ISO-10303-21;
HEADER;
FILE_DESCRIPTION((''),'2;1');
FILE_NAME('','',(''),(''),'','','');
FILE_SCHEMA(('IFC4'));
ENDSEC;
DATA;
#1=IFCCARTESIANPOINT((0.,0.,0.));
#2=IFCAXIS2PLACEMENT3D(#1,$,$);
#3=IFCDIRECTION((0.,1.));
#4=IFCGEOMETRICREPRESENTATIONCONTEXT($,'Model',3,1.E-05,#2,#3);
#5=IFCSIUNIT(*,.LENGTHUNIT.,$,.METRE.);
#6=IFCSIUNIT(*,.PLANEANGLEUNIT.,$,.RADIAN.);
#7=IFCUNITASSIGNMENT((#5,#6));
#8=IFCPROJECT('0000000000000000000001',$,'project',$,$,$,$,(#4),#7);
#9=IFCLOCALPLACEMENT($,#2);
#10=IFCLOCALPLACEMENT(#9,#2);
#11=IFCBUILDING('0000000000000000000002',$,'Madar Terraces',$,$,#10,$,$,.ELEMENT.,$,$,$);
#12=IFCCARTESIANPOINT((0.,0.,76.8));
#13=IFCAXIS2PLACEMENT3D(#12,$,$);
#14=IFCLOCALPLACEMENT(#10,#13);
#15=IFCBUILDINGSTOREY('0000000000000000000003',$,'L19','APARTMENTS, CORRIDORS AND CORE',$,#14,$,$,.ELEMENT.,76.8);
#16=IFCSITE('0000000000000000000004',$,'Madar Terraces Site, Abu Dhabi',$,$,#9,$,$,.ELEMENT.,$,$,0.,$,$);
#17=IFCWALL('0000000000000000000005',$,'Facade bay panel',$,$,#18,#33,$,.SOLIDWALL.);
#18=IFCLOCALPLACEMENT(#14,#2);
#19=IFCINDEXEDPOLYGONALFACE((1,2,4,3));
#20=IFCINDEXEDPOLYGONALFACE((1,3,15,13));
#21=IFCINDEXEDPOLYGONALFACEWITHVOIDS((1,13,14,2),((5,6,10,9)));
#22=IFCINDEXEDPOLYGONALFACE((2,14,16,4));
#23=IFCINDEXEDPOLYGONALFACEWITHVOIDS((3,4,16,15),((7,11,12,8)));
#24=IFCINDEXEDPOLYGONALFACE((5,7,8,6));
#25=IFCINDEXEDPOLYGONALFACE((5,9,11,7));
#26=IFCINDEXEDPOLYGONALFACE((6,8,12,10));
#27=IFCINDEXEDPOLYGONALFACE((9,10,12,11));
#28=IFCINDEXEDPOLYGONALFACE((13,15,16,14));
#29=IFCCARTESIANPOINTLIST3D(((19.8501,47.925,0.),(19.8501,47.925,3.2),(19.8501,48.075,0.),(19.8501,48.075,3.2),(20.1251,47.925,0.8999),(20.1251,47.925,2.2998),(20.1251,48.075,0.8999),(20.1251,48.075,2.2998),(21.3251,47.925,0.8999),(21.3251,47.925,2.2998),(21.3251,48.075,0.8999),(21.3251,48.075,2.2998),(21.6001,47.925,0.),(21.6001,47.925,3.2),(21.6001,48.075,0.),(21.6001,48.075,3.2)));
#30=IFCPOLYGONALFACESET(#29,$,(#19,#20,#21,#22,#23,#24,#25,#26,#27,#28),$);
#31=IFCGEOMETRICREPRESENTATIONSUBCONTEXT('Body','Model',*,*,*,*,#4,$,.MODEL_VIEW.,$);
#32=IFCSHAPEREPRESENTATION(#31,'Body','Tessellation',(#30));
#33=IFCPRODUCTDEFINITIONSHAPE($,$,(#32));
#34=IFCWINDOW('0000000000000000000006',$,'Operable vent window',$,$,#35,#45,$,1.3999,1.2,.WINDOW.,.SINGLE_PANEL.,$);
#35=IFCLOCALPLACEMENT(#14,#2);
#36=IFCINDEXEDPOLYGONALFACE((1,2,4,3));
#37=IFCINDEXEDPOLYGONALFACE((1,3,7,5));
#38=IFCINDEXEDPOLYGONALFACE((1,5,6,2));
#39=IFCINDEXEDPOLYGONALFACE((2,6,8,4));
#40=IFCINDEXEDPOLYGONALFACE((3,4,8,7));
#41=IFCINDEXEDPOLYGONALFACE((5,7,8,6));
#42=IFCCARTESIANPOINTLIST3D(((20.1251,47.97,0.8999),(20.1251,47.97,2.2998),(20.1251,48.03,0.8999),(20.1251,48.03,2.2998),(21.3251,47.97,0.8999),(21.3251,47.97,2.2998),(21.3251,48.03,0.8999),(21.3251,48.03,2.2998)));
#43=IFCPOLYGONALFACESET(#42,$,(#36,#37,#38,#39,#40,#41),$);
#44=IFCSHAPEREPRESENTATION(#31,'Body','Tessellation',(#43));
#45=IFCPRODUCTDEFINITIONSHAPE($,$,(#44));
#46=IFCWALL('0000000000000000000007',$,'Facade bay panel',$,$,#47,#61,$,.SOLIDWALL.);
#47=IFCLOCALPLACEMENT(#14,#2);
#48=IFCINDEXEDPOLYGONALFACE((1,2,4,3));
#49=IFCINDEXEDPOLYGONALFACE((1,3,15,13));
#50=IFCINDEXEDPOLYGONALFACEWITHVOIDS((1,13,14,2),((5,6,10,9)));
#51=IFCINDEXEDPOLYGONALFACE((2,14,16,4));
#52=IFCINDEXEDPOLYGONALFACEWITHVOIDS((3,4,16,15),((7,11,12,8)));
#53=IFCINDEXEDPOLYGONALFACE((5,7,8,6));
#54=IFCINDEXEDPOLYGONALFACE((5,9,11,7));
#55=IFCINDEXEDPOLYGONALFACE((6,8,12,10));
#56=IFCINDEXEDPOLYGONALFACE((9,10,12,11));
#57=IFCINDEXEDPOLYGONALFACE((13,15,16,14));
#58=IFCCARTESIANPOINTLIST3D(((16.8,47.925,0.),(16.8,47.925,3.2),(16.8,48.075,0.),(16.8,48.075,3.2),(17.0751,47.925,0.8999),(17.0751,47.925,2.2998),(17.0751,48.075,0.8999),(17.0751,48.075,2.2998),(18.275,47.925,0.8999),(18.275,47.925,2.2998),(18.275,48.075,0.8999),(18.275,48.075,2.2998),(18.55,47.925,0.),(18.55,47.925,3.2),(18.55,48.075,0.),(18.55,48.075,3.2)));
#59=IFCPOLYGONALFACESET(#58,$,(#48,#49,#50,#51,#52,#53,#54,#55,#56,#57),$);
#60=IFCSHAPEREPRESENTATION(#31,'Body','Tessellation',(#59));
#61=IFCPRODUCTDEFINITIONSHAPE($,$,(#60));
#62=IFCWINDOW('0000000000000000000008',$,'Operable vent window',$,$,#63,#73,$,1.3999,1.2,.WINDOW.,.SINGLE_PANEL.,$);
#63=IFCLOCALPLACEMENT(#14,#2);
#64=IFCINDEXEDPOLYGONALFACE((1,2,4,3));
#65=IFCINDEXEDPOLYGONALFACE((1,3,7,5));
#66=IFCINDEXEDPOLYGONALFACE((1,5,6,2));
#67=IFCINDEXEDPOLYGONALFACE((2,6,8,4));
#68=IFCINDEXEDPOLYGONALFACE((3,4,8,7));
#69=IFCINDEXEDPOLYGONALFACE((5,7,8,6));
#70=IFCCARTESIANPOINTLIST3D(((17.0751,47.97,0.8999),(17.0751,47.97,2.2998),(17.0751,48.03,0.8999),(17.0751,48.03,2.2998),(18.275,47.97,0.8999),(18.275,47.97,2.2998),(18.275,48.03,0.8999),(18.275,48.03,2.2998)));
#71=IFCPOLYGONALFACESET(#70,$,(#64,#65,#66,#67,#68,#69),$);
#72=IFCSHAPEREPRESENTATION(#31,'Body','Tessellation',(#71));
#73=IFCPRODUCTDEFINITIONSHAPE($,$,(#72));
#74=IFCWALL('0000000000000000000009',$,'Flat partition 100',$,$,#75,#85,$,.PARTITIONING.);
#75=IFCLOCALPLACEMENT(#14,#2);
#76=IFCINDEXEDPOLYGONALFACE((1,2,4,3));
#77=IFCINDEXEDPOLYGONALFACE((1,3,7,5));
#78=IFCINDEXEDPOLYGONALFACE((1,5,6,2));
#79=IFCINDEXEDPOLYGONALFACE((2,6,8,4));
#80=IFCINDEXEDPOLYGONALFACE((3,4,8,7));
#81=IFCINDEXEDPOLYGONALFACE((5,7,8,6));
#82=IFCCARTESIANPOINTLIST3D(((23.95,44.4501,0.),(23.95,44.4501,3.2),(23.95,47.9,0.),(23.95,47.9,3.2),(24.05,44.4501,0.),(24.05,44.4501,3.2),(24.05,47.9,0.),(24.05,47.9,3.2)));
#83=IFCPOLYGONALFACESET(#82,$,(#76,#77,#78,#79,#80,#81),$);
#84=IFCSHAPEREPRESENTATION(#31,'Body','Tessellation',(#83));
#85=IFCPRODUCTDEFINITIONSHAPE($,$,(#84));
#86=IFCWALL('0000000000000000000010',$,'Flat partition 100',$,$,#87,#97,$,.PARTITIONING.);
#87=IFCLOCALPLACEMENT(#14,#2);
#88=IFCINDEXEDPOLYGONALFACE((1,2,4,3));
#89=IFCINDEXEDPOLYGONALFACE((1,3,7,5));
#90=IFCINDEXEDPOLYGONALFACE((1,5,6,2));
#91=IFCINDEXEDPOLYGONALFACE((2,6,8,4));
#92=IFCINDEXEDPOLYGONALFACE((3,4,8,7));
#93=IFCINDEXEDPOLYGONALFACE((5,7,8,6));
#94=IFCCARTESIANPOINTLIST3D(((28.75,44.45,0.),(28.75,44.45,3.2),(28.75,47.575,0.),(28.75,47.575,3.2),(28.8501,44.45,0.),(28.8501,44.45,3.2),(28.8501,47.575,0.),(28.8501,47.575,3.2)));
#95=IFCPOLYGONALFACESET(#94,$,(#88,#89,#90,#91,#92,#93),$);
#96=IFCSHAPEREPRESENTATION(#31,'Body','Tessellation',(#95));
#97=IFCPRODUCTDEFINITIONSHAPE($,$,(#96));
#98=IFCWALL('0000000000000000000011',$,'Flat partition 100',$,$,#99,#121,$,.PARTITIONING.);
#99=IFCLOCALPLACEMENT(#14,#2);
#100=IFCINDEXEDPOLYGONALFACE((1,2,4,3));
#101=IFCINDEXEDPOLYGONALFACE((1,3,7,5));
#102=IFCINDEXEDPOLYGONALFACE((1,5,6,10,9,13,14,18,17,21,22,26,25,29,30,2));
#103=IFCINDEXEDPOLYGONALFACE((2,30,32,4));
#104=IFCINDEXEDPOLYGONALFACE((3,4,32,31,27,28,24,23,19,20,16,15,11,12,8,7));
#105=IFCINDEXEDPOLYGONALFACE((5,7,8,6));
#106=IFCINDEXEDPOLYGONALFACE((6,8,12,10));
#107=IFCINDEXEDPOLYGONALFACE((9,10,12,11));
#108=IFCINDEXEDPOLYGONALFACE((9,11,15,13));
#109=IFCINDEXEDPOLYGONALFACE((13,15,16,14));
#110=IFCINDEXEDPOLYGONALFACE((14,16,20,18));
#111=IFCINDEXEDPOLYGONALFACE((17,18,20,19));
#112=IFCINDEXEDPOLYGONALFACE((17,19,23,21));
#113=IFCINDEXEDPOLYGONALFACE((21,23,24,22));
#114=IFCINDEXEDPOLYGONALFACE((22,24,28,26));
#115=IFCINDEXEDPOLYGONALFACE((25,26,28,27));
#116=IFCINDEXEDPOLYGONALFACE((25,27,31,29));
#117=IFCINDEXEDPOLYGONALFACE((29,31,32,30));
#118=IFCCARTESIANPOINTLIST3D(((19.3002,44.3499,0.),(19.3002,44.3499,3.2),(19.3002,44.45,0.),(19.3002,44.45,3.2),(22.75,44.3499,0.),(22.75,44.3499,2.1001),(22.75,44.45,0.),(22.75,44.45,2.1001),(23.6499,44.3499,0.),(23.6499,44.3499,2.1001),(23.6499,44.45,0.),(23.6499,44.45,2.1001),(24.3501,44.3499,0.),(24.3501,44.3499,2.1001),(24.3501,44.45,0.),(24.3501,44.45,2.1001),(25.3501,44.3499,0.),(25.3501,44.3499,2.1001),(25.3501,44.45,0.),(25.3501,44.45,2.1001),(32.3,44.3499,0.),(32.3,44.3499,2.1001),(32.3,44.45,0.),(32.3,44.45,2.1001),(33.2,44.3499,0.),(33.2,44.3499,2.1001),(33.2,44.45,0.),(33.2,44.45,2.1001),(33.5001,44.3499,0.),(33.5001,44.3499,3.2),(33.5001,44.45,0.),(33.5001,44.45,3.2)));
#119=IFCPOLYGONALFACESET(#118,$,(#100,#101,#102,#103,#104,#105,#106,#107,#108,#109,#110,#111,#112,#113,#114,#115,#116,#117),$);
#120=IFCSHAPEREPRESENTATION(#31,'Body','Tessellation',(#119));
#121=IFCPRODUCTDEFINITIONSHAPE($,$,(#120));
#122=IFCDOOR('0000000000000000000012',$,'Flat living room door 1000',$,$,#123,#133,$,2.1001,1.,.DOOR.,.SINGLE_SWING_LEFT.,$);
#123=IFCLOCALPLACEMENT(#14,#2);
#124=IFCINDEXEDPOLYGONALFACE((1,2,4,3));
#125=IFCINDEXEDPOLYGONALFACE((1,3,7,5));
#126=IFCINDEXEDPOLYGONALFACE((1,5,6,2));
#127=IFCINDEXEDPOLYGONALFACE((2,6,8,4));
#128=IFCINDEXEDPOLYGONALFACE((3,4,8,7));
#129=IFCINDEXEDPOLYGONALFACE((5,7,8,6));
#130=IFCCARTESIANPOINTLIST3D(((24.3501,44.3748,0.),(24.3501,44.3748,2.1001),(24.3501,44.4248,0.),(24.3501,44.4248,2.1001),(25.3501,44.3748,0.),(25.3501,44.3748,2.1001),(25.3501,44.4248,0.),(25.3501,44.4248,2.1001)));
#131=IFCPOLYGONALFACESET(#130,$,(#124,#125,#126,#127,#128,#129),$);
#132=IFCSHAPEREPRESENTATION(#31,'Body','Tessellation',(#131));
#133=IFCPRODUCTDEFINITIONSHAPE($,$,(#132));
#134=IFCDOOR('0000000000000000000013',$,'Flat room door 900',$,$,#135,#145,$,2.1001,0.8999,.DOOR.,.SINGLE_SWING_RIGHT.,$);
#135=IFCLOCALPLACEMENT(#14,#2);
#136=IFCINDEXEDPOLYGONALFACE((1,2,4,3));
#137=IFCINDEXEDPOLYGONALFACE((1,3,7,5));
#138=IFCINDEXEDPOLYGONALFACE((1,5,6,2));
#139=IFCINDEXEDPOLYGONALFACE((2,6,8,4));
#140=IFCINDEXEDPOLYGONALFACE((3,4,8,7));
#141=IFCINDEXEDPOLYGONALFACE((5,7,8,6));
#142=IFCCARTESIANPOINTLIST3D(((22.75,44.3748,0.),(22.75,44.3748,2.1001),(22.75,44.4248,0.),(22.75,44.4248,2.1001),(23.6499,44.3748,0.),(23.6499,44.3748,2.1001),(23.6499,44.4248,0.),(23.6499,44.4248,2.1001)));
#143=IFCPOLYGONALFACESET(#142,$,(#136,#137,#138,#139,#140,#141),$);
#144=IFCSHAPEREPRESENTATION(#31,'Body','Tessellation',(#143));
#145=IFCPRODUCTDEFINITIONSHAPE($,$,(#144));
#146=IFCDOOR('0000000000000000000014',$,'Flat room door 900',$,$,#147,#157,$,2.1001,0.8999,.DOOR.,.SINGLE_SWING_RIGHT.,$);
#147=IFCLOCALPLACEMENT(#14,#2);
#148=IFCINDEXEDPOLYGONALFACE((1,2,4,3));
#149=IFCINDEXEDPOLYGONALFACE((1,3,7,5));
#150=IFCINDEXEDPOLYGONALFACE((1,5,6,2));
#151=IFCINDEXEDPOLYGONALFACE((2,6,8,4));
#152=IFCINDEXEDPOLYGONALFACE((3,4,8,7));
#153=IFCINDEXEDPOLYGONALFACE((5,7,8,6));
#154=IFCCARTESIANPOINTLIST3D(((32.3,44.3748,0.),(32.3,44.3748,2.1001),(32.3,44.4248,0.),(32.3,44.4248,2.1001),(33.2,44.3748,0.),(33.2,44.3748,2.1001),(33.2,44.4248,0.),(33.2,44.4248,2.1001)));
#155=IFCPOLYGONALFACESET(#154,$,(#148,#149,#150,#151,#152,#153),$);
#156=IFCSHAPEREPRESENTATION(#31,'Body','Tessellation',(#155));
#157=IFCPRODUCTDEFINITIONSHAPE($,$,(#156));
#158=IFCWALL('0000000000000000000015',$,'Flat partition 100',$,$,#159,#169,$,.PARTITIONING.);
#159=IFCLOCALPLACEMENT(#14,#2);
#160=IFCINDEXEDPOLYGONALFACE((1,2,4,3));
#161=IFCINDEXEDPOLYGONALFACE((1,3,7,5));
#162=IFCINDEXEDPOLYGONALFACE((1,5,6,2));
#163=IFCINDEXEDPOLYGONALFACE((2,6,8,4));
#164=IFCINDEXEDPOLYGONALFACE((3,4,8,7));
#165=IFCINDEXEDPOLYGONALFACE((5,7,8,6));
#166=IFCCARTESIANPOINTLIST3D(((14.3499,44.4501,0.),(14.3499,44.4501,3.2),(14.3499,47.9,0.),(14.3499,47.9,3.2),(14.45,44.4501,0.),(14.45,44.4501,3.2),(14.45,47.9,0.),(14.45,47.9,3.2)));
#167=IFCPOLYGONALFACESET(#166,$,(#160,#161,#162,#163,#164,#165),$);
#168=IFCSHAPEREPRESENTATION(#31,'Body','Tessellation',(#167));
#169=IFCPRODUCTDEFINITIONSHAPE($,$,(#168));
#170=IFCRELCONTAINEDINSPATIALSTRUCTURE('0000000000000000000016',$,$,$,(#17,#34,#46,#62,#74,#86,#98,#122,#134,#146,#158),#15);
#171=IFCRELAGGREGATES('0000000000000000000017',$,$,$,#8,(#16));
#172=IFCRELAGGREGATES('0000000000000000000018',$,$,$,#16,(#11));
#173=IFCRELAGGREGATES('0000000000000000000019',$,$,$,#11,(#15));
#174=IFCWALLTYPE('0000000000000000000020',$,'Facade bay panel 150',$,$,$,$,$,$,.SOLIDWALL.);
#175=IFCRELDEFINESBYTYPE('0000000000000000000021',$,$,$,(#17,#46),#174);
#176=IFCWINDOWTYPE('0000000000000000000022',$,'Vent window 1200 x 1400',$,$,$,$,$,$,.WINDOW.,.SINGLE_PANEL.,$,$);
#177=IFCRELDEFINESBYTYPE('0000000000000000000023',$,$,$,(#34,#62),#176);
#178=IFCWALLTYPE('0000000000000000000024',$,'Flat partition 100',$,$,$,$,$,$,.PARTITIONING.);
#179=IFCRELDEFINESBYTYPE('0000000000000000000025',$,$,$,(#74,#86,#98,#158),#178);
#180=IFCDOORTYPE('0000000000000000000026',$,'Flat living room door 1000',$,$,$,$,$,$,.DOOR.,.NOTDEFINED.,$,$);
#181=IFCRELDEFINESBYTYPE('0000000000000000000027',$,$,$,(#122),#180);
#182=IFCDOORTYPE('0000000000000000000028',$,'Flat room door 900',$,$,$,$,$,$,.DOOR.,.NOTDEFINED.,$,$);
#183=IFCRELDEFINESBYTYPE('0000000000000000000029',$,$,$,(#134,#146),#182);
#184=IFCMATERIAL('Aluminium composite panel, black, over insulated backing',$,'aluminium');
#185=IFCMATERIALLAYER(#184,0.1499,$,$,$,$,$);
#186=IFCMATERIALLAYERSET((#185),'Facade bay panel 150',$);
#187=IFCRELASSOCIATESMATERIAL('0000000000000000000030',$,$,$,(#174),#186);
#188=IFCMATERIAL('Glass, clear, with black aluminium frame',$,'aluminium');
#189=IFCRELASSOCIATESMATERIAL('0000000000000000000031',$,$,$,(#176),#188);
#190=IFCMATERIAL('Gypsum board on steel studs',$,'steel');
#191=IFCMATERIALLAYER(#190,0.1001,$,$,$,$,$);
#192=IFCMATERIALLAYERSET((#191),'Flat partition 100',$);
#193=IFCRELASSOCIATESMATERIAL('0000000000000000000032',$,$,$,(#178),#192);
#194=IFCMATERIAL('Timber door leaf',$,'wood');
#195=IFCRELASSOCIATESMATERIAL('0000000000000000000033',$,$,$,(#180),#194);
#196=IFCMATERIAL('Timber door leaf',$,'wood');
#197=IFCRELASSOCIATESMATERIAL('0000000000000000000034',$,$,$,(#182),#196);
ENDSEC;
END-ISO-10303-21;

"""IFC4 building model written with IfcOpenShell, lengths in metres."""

from ifc_helpers import new_model, si_unit, direction, frame, frame_2d, origin, place, context, subcontext, project, spatial, rectangle, extrude, material, layer, layer_set, type_object, element, fill, save


model = new_model("IFC4")

# Units and contexts
model_context = context("Model", 3, precision=1e-05, world=origin(), true_north=direction((0.0, 1.0)))
body_context = subcontext(model_context, "Body", "Model", "MODEL_VIEW")
ifc_project = project(units=[si_unit("LENGTHUNIT", "METRE"), si_unit("PLANEANGLEUNIT", "RADIAN")], contexts=[model_context])

# Site, building, storey
site_placement = place(None, origin())
site = spatial("IfcSite", under=ifc_project, at=site_placement, Name="Madar Terraces Site, Abu Dhabi", CompositionType="ELEMENT", RefElevation=0.0)
building_placement = place(site_placement, origin())
building = spatial("IfcBuilding", under=site, at=building_placement, Name="Madar Terraces", CompositionType="ELEMENT")
storey_placement = place(building_placement, frame((0.0, 0.0, 76.8)))
storey = spatial("IfcBuildingStorey", under=building, at=storey_placement, Name="L19", Description="APARTMENTS, CORRIDORS AND CORE", CompositionType="ELEMENT", Elevation=76.8)

# Walls, openings, windows
ifc_material_1 = material(Name="Aluminium composite panel, black, over insulated backing", Category="aluminium")
ifc_layer_1 = layer(ifc_material_1, 0.1499)
ifc_layer_set_1 = layer_set([ifc_layer_1], Name="Facade bay panel 150")
wall_type_1 = type_object("IfcWallType", Name="Facade bay panel 150", PredefinedType="SOLIDWALL", material=ifc_layer_set_1)
ifc_material_2 = material(Name="Glass, clear, with black aluminium frame", Category="aluminium")
window_type = type_object("IfcWindowType", Name="Vent window 1200 x 1400", PartitioningType="SINGLE_PANEL", PredefinedType="WINDOW", material=ifc_material_2)
wall_1_placement = place(storey_placement, frame((21.6001, 48.0, 0.0), z_axis=(0.0, 0.0, 1.0), x_axis=(-1.0, 0.0, 0.0)))
wall_1 = element("IfcWall", 1, at=wall_1_placement, inside=storey, type_object=wall_type_1, Name="Facade bay panel", PredefinedType="SOLIDWALL", context=body_context, shape_type="SweptSolid", body=[
    extrude(rectangle(XDim=1.75, YDim=0.1499, at=frame_2d((0.875, 0.0))), origin(), (0.0, 0.0, 1.0), 3.2),
])
opening_1_placement = place(wall_1_placement, frame((0.2749, 0.0, 0.8999)))
opening_1 = element("IfcOpeningElement", 2, at=opening_1_placement, cuts=wall_1, PredefinedType="OPENING", context=body_context, shape_type="SweptSolid", body=[
    extrude(rectangle(XDim=1.2, YDim=1.3999, at=frame_2d((0.6001, 0.7))), frame((0.0, 0.085, 0.0), z_axis=(0.0, -1.0, 0.0), x_axis=(1.0, 0.0, 0.0)), (0.0, 0.0, 1.0), 0.1699),
])
window_1_placement = place(opening_1_placement, origin())
window_1 = element("IfcWindow", 3, at=window_1_placement, inside=storey, type_object=window_type, Name="Operable vent window", OverallHeight=1.3999, OverallWidth=1.2, PartitioningType="SINGLE_PANEL", PredefinedType="WINDOW", context=body_context, shape_type="SweptSolid", body=[
    extrude(rectangle(XDim=1.2, YDim=1.3999, at=frame_2d((0.6001, 0.7))), frame((0.0, 0.03, 0.0), z_axis=(0.0, -1.0, 0.0), x_axis=(1.0, 0.0, 0.0)), (0.0, 0.0, 1.0), 0.0601),
])
fill(opening_1, window_1)
wall_2_placement = place(storey_placement, frame((18.55, 48.0, 0.0), z_axis=(0.0, 0.0, 1.0), x_axis=(-1.0, 0.0, 0.0)))
wall_2 = element("IfcWall", 4, at=wall_2_placement, inside=storey, type_object=wall_type_1, Name="Facade bay panel", PredefinedType="SOLIDWALL", context=body_context, shape_type="SweptSolid", body=[
    extrude(rectangle(XDim=1.75, YDim=0.1499, at=frame_2d((0.875, 0.0))), origin(), (0.0, 0.0, 1.0), 3.2),
])
opening_2_placement = place(wall_2_placement, frame((0.2749, 0.0, 0.8999)))
opening_2 = element("IfcOpeningElement", 5, at=opening_2_placement, cuts=wall_2, PredefinedType="OPENING", context=body_context, shape_type="SweptSolid", body=[
    extrude(rectangle(XDim=1.2, YDim=1.3999, at=frame_2d((0.6001, 0.7))), frame((0.0, 0.085, 0.0), z_axis=(0.0, -1.0, 0.0), x_axis=(1.0, 0.0, 0.0)), (0.0, 0.0, 1.0), 0.1699),
])
window_2_placement = place(opening_2_placement, origin())
window_2 = element("IfcWindow", 6, at=window_2_placement, inside=storey, type_object=window_type, Name="Operable vent window", OverallHeight=1.3999, OverallWidth=1.2, PartitioningType="SINGLE_PANEL", PredefinedType="WINDOW", context=body_context, shape_type="SweptSolid", body=[
    extrude(rectangle(XDim=1.2, YDim=1.3999, at=frame_2d((0.6001, 0.7))), frame((0.0, 0.03, 0.0), z_axis=(0.0, -1.0, 0.0), x_axis=(1.0, 0.0, 0.0)), (0.0, 0.0, 1.0), 0.0601),
])
fill(opening_2, window_2)

# Walls
ifc_material_3 = material(Name="Gypsum board on steel studs", Category="steel")
ifc_layer_2 = layer(ifc_material_3, 0.1001)
ifc_layer_set_2 = layer_set([ifc_layer_2], Name="Flat partition 100")
wall_type_2 = type_object("IfcWallType", Name="Flat partition 100", PredefinedType="PARTITIONING", material=ifc_layer_set_2)
wall_3_placement = place(storey_placement, frame((24.0, 44.45, 0.0), z_axis=(0.0, 0.0, 1.0), x_axis=(0.0, 1.0, 0.0)))
element("IfcWall", 7, at=wall_3_placement, inside=storey, type_object=wall_type_2, Name="Flat partition 100", PredefinedType="PARTITIONING", context=body_context, shape_type="SweptSolid", body=[
    extrude(rectangle(XDim=3.45, YDim=0.1001, at=frame_2d((1.7251, 0.0))), origin(), (0.0, 0.0, 1.0), 3.2),
])
wall_4_placement = place(storey_placement, frame((28.8, 44.45, 0.0), z_axis=(0.0, 0.0, 1.0), x_axis=(0.0, 1.0, 0.0)))
element("IfcWall", 8, at=wall_4_placement, inside=storey, type_object=wall_type_2, Name="Flat partition 100", PredefinedType="PARTITIONING", context=body_context, shape_type="SweptSolid", body=[
    extrude(rectangle(XDim=3.125, YDim=0.1001, at=frame_2d((1.5625, 0.0))), origin(), (0.0, 0.0, 1.0), 3.2),
])

# Wall, openings, doors
wall_5_placement = place(storey_placement, frame((19.3, 44.3999, 0.0), z_axis=(0.0, 0.0, 1.0), x_axis=(1.0, 0.0, 0.0)))
wall_5 = element("IfcWall", 9, at=wall_5_placement, inside=storey, type_object=wall_type_2, Name="Flat partition 100", PredefinedType="PARTITIONING", context=body_context, shape_type="SweptSolid", body=[
    extrude(rectangle(XDim=14.2, YDim=0.1001, at=frame_2d((7.1001, 0.0))), origin(), (0.0, 0.0, 1.0), 3.2),
])
opening_3_placement = place(wall_5_placement, frame((3.45, 0.0, 0.0)))
opening_3 = element("IfcOpeningElement", 10, at=opening_3_placement, cuts=wall_5, PredefinedType="OPENING", context=body_context, shape_type="SweptSolid", body=[
    extrude(rectangle(XDim=0.8999, YDim=2.1001, at=frame_2d((0.45, 1.05))), frame((0.0, 0.0601, 0.0), z_axis=(0.0, -1.0, 0.0), x_axis=(1.0, 0.0, 0.0)), (0.0, 0.0, 1.0), 0.1201),
])
opening_4_placement = place(wall_5_placement, frame((5.05, 0.0, 0.0)))
opening_4 = element("IfcOpeningElement", 11, at=opening_4_placement, cuts=wall_5, PredefinedType="OPENING", context=body_context, shape_type="SweptSolid", body=[
    extrude(rectangle(XDim=1.0, YDim=2.1001, at=frame_2d((0.5, 1.05))), frame((0.0, 0.0601, 0.0), z_axis=(0.0, -1.0, 0.0), x_axis=(1.0, 0.0, 0.0)), (0.0, 0.0, 1.0), 0.1201),
])
opening_5_placement = place(wall_5_placement, frame((13.0, 0.0, 0.0)))
opening_5 = element("IfcOpeningElement", 12, at=opening_5_placement, cuts=wall_5, PredefinedType="OPENING", context=body_context, shape_type="SweptSolid", body=[
    extrude(rectangle(XDim=0.8999, YDim=2.1001, at=frame_2d((0.45, 1.05))), frame((0.0, 0.0601, 0.0), z_axis=(0.0, -1.0, 0.0), x_axis=(1.0, 0.0, 0.0)), (0.0, 0.0, 1.0), 0.1201),
])
ifc_material_4 = material(Name="Timber door leaf", Category="wood")
door_type_1 = type_object("IfcDoorType", Name="Flat living room door 1000", OperationType="NOTDEFINED", PredefinedType="DOOR", material=ifc_material_4)
door_1_placement = place(opening_4_placement, origin())
door_1 = element("IfcDoor", 13, at=door_1_placement, inside=storey, type_object=door_type_1, Name="Flat living room door 1000", OperationType="SINGLE_SWING_LEFT", OverallHeight=2.1001, OverallWidth=1.0, PredefinedType="DOOR", context=body_context, shape_type="SweptSolid", body=[
    extrude(rectangle(XDim=1.0, YDim=2.1001, at=frame_2d((0.5, 1.05))), frame((0.0, 0.0249, 0.0), z_axis=(0.0, -1.0, 0.0), x_axis=(1.0, 0.0, 0.0)), (0.0, 0.0, 1.0), 0.05),
])
fill(opening_4, door_1)
ifc_material_5 = material(Name="Timber door leaf", Category="wood")
door_type_2 = type_object("IfcDoorType", Name="Flat room door 900", OperationType="NOTDEFINED", PredefinedType="DOOR", material=ifc_material_5)
door_2_placement = place(opening_3_placement, origin())
door_2 = element("IfcDoor", 14, at=door_2_placement, inside=storey, type_object=door_type_2, Name="Flat room door 900", OperationType="SINGLE_SWING_RIGHT", OverallHeight=2.1001, OverallWidth=0.8999, PredefinedType="DOOR", context=body_context, shape_type="SweptSolid", body=[
    extrude(rectangle(XDim=0.8999, YDim=2.1001, at=frame_2d((0.45, 1.05))), frame((0.0, 0.0249, 0.0), z_axis=(0.0, -1.0, 0.0), x_axis=(1.0, 0.0, 0.0)), (0.0, 0.0, 1.0), 0.05),
])
fill(opening_3, door_2)
door_3_placement = place(opening_5_placement, origin())
door_3 = element("IfcDoor", 15, at=door_3_placement, inside=storey, type_object=door_type_2, Name="Flat room door 900", OperationType="SINGLE_SWING_RIGHT", OverallHeight=2.1001, OverallWidth=0.8999, PredefinedType="DOOR", context=body_context, shape_type="SweptSolid", body=[
    extrude(rectangle(XDim=0.8999, YDim=2.1001, at=frame_2d((0.45, 1.05))), frame((0.0, 0.0249, 0.0), z_axis=(0.0, -1.0, 0.0), x_axis=(1.0, 0.0, 0.0)), (0.0, 0.0, 1.0), 0.05),
])
fill(opening_5, door_3)

# Wall
wall_6_placement = place(storey_placement, frame((14.3999, 44.45, 0.0), z_axis=(0.0, 0.0, 1.0), x_axis=(0.0, 1.0, 0.0)))
element("IfcWall", 16, at=wall_6_placement, inside=storey, type_object=wall_type_2, Name="Flat partition 100", PredefinedType="PARTITIONING", context=body_context, shape_type="SweptSolid", body=[
    extrude(rectangle(XDim=3.45, YDim=0.1001, at=frame_2d((1.7251, 0.0))), origin(), (0.0, 0.0, 1.0), 3.2),
])

save(model, "model.ifc")
